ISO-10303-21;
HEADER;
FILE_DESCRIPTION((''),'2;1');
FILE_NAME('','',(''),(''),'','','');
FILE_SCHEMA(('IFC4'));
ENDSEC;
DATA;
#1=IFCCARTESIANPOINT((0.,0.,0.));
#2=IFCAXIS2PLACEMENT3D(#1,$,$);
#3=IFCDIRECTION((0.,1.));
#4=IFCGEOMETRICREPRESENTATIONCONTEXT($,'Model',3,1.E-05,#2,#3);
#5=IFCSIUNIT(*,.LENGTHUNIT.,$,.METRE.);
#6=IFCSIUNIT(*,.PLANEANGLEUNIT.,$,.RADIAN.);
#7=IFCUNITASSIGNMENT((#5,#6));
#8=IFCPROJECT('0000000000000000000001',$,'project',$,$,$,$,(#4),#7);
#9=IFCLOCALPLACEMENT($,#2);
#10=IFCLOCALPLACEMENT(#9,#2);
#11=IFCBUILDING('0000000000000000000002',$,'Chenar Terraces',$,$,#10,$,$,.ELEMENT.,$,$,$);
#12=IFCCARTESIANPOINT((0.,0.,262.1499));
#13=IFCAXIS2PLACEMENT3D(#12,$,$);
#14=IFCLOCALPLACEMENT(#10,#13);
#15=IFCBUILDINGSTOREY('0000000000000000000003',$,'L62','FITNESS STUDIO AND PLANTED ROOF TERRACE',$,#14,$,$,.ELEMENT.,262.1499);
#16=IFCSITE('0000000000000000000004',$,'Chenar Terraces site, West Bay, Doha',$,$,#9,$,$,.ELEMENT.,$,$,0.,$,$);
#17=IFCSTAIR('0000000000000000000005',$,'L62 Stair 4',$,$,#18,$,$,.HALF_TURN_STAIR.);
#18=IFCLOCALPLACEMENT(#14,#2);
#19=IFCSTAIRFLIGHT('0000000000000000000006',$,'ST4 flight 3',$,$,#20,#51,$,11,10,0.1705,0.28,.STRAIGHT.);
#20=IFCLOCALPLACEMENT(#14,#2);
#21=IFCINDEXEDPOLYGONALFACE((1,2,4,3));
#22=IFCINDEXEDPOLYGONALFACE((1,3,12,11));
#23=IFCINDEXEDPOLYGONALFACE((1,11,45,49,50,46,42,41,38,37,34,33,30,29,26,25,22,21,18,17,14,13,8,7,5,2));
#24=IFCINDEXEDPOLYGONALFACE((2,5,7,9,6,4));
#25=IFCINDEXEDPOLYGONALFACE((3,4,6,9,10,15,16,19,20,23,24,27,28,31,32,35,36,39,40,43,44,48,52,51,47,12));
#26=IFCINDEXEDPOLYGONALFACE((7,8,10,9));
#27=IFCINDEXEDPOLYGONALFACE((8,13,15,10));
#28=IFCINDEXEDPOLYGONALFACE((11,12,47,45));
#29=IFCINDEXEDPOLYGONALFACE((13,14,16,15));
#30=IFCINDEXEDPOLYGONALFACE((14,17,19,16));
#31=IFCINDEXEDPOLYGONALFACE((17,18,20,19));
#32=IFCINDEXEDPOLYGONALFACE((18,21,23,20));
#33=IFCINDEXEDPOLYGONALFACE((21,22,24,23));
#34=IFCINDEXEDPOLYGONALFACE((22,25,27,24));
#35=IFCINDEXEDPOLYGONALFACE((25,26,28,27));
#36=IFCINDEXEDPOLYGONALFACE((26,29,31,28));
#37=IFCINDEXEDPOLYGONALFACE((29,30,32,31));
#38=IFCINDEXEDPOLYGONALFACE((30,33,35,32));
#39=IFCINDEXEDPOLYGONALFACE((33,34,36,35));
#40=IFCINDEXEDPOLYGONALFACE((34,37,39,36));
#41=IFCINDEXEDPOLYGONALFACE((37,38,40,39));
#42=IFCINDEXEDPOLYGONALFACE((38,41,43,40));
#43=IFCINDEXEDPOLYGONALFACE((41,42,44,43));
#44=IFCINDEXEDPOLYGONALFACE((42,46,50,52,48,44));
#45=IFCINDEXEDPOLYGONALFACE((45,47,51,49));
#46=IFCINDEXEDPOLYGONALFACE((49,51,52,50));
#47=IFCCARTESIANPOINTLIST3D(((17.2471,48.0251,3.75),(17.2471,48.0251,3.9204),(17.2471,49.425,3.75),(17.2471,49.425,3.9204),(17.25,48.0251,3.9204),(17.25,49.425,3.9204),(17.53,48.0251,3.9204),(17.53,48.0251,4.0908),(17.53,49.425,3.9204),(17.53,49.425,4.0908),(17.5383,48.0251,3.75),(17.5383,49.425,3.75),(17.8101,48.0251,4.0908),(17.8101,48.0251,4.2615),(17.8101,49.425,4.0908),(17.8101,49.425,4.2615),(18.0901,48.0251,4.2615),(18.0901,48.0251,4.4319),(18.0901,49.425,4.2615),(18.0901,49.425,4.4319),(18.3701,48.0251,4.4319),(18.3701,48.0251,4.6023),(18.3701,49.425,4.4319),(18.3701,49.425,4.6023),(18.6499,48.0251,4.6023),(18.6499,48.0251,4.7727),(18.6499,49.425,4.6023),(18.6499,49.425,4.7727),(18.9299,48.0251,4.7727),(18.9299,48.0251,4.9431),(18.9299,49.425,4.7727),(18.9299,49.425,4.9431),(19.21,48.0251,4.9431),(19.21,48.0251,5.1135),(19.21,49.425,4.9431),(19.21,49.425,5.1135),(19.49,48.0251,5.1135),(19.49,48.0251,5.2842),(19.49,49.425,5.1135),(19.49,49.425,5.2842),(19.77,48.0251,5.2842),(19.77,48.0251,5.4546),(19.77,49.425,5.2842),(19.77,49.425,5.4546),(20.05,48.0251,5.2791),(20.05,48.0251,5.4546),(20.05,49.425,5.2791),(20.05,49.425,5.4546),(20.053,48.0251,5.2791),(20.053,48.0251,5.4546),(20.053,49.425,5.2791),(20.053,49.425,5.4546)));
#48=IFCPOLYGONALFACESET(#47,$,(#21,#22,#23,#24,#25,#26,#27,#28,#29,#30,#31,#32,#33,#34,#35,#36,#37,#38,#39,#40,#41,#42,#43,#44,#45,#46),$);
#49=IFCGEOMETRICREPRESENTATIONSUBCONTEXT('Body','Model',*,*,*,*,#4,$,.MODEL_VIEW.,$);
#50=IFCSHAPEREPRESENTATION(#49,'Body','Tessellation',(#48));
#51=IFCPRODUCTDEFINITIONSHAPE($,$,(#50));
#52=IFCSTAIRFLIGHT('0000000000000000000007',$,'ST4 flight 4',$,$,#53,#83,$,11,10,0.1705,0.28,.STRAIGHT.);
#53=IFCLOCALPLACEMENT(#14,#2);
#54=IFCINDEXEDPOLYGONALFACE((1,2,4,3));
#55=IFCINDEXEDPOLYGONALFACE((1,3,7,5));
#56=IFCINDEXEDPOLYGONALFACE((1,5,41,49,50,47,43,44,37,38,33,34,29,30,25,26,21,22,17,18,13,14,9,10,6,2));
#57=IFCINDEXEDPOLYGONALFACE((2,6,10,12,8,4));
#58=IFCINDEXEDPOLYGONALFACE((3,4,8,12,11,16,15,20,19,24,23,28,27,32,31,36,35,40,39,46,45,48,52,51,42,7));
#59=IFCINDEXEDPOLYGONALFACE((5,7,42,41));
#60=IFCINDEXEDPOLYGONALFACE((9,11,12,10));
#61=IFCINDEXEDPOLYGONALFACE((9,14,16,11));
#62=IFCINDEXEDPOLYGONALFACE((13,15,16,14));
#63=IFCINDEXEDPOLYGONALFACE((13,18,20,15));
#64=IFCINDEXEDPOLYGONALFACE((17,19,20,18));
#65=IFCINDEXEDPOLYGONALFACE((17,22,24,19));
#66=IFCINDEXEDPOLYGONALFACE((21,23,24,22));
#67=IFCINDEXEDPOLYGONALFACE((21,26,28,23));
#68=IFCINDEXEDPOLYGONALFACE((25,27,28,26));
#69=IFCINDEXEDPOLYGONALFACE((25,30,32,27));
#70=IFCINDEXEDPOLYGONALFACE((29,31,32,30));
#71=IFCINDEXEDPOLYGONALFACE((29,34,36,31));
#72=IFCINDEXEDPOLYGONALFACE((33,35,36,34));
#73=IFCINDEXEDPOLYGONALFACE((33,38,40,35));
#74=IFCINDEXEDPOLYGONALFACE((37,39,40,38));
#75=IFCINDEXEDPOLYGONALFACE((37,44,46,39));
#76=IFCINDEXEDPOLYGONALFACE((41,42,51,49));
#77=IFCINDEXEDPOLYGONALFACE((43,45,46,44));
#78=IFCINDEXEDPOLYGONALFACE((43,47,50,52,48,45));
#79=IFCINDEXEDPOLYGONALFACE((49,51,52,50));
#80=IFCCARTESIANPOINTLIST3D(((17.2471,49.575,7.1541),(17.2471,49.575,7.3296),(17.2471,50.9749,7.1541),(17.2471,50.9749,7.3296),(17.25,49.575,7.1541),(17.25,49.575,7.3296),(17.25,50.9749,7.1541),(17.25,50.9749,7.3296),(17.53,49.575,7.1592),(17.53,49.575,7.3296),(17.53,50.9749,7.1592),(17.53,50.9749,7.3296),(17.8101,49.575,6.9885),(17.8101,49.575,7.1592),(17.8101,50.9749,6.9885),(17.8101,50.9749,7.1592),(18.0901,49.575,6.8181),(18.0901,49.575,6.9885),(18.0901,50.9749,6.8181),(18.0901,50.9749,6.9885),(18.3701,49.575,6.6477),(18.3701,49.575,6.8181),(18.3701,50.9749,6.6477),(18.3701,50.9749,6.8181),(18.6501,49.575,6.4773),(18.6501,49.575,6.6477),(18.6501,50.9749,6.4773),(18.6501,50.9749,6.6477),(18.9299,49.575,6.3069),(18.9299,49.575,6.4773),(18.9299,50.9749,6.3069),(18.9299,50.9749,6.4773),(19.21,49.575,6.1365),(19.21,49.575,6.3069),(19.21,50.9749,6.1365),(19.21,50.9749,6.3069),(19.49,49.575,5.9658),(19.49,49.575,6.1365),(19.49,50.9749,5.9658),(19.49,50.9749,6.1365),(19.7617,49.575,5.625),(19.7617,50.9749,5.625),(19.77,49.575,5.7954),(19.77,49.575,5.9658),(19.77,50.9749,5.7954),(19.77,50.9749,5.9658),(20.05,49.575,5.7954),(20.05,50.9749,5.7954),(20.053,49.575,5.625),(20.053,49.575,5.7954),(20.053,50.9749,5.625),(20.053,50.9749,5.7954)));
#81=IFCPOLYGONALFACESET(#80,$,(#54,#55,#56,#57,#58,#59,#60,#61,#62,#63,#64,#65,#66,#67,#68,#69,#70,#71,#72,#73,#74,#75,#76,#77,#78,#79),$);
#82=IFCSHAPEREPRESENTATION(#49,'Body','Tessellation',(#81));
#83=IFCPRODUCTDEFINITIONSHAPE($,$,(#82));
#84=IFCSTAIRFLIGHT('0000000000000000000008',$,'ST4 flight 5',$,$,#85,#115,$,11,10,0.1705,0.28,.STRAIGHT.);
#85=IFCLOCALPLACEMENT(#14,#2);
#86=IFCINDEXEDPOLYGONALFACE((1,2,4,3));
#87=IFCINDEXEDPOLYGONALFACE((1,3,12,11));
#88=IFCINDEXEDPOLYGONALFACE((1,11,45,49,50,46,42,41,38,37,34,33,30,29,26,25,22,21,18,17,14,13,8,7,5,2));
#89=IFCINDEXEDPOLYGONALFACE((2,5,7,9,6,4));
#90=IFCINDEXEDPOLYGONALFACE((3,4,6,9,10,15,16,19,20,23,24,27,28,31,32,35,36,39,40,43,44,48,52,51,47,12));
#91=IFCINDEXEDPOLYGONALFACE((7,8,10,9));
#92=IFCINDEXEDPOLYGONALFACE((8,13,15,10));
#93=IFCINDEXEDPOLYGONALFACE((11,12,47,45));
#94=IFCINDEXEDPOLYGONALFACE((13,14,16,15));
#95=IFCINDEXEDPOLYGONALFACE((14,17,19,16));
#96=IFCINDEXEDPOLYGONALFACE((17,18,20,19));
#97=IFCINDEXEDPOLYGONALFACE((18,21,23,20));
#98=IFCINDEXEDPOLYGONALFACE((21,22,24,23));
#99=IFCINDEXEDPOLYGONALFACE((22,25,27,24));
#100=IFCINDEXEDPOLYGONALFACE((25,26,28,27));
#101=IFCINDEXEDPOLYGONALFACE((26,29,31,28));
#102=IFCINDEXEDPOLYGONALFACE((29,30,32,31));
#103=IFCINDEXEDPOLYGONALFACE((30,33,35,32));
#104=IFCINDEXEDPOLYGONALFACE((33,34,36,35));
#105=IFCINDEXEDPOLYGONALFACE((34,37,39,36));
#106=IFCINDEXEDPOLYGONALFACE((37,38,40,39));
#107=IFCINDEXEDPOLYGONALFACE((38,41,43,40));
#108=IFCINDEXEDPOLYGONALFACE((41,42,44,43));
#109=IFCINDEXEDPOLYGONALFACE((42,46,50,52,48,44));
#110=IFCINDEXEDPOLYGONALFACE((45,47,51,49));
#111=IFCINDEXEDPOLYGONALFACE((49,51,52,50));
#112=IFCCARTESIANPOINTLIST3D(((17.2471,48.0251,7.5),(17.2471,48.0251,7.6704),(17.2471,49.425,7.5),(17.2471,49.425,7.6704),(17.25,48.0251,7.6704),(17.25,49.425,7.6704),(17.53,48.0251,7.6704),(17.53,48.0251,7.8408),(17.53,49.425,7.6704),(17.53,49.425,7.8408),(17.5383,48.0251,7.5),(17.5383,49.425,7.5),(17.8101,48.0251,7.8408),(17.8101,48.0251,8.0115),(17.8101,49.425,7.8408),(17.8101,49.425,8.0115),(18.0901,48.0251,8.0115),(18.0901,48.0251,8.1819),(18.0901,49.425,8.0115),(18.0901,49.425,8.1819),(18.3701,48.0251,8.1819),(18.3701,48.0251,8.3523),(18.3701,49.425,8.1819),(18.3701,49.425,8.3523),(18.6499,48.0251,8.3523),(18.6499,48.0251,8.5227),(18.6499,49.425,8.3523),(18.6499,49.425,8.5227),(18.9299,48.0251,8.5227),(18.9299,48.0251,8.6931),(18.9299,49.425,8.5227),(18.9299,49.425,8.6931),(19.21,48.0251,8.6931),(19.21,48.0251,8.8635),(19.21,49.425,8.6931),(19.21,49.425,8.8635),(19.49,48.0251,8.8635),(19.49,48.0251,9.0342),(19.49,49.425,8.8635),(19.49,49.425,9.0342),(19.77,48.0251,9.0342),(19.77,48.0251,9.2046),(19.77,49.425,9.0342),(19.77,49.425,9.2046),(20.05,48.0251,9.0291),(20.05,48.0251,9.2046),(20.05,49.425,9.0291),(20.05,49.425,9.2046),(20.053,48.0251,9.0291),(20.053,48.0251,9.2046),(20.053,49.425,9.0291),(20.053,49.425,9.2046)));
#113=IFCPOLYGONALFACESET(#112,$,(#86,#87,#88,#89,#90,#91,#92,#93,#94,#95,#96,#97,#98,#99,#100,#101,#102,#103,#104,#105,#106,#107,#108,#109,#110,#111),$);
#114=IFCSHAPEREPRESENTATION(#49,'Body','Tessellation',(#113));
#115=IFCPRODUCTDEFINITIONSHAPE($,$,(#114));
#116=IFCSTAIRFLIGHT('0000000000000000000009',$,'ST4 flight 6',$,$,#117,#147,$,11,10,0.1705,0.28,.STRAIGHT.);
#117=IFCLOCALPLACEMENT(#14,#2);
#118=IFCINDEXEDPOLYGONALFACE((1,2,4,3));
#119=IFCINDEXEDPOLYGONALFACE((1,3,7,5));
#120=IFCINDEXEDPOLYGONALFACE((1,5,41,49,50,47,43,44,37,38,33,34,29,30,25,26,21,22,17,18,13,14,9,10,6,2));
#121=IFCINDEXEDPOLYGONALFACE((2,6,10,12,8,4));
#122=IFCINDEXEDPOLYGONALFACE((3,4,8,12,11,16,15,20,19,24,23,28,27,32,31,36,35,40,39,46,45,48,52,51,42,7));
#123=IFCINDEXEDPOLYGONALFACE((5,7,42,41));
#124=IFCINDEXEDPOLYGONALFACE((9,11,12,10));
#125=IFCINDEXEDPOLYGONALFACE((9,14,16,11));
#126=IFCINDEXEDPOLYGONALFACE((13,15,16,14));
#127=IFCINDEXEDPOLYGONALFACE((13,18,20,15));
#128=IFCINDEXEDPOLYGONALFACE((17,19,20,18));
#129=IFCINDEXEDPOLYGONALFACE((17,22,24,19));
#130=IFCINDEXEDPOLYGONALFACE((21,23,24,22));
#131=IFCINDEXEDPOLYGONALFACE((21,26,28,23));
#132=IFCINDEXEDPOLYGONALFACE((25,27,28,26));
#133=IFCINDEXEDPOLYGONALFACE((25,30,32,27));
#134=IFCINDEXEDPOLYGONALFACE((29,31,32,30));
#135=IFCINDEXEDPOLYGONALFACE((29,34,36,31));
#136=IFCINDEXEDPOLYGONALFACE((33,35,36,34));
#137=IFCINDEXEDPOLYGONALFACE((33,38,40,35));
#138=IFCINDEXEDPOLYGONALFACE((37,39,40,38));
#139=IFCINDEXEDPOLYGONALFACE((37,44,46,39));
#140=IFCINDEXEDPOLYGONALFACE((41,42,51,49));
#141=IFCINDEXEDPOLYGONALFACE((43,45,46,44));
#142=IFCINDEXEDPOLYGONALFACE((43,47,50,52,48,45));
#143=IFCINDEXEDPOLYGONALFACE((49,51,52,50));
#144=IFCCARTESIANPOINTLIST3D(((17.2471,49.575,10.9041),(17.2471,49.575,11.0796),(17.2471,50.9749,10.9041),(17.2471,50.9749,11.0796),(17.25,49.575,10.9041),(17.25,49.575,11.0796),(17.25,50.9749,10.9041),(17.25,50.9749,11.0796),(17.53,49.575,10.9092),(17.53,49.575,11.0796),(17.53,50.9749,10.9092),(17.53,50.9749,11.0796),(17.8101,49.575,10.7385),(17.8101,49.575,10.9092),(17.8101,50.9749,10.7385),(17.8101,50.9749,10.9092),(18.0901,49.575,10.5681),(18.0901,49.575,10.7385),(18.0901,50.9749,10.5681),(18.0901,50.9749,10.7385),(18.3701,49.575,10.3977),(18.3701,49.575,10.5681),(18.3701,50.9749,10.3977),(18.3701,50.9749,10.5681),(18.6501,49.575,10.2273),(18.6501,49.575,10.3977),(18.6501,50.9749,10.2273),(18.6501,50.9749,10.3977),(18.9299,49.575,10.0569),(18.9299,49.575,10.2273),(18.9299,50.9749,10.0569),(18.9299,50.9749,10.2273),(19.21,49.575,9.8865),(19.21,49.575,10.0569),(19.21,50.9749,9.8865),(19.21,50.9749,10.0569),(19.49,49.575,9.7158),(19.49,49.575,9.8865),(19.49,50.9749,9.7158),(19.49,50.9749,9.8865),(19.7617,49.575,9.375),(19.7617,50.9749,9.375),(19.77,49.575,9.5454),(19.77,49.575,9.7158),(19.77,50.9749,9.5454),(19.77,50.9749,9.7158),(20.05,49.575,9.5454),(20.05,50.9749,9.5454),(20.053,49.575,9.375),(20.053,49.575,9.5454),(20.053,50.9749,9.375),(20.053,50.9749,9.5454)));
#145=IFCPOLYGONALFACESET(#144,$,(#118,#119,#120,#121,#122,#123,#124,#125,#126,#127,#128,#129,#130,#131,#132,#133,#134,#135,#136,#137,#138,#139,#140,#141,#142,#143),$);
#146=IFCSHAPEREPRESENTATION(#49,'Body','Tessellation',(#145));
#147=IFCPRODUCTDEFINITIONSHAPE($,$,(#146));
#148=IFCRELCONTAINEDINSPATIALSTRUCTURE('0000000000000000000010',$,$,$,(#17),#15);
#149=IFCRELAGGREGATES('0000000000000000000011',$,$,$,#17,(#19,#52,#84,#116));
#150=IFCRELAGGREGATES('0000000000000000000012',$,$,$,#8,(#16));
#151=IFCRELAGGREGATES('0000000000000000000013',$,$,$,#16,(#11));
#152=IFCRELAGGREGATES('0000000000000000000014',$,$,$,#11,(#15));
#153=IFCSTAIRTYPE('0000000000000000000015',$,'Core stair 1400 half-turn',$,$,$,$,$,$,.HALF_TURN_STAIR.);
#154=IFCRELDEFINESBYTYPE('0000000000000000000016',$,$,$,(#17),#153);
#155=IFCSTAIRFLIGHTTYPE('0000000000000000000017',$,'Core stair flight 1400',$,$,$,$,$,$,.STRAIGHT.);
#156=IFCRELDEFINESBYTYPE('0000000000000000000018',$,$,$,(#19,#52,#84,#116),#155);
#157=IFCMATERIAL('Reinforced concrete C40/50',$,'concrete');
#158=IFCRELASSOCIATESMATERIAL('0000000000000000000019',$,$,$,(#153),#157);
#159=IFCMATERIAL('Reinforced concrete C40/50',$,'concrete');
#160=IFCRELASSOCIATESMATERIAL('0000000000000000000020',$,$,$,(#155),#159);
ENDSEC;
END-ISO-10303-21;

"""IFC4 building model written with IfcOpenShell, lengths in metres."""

from ifc_helpers import new_model, si_unit, direction, frame, origin, place, context, subcontext, project, spatial, polyline, outline, extrude, material, type_object, element, aggregate, save


model = new_model("IFC4")

# Units and contexts
model_context = context("Model", 3, precision=1e-05, world=origin(), true_north=direction((0.0, 1.0)))
body_context = subcontext(model_context, "Body", "Model", "MODEL_VIEW")
ifc_project = project(units=[si_unit("LENGTHUNIT", "METRE"), si_unit("PLANEANGLEUNIT", "RADIAN")], contexts=[model_context])

# Site, building, storey
site_placement = place(None, origin())
site = spatial("IfcSite", under=ifc_project, at=site_placement, Name="Chenar Terraces site, West Bay, Doha", CompositionType="ELEMENT", RefElevation=0.0)
building_placement = place(site_placement, origin())
building = spatial("IfcBuilding", under=site, at=building_placement, Name="Chenar Terraces", CompositionType="ELEMENT")
storey_placement = place(building_placement, frame((0.0, 0.0, 262.1499)))
storey = spatial("IfcBuildingStorey", under=building, at=storey_placement, Name="L62", Description="FITNESS STUDIO AND PLANTED ROOF TERRACE", CompositionType="ELEMENT", Elevation=262.1499)

# Shared definitions
placement = place(storey_placement, origin())

# Stair, stair flights
ifc_material_1 = material(Name="Reinforced concrete C40/50", Category="concrete")
stair_type = type_object("IfcStairType", Name="Core stair 1400 half-turn", PredefinedType="HALF_TURN_STAIR", material=ifc_material_1)
stair = element("IfcStair", 1, at=placement, inside=storey, type_object=stair_type, Name="L62 Stair 4", PredefinedType="HALF_TURN_STAIR")
ifc_material_2 = material(Name="Reinforced concrete C40/50", Category="concrete")
stair_flight_type = type_object("IfcStairFlightType", Name="Core stair flight 1400", PredefinedType="STRAIGHT", material=ifc_material_2)
stair_flight_1_placement = place(storey_placement, frame((17.25, 48.7251, 3.75), z_axis=(0.0, 0.0, 1.0), x_axis=(1.0, 0.0, 0.0)))
stair_flight_1 = element("IfcStairFlight", 2, at=stair_flight_1_placement, type_object=stair_flight_type, Name="ST4 flight 3", NumberOfRisers=11, NumberOfTreads=10, PredefinedType="STRAIGHT", RiserHeight=0.1705, TreadLength=0.28, context=body_context, shape_type="SweptSolid", body=[
    extrude(outline(polyline([(-0.0029, 0.0), (-0.0029, 0.1704), (0.0, 0.1704), (0.28, 0.1704), (0.28, 0.3408), (0.5601, 0.3408), (0.5601, 0.5115), (0.8401, 0.5115), (0.8401, 0.6819), (1.1201, 0.6819), (1.1201, 0.8523), (1.3999, 0.8523), (1.3999, 1.0227), (1.6799, 1.0227), (1.6799, 1.1931), (1.96, 1.1931), (1.96, 1.3635), (2.24, 1.3635), (2.24, 1.5342), (2.52, 1.5342), (2.52, 1.7046), (2.8, 1.7046), (2.803, 1.7046), (2.803, 1.5291), (2.8, 1.5291), (0.2883, 0.0), (-0.0029, 0.0)])), frame((0.0, 0.7, 0.0), z_axis=(0.0, -1.0, 0.0), x_axis=(1.0, 0.0, 0.0)), (0.0, 0.0, 1.0), 1.3999),
])
stair_flight_2_placement = place(storey_placement, frame((20.05, 50.2749, 5.625), z_axis=(0.0, 0.0, 1.0), x_axis=(-1.0, 0.0, 0.0)))
stair_flight_2 = element("IfcStairFlight", 3, at=stair_flight_2_placement, type_object=stair_flight_type, Name="ST4 flight 4", NumberOfRisers=11, NumberOfTreads=10, PredefinedType="STRAIGHT", RiserHeight=0.1705, TreadLength=0.28, context=body_context, shape_type="SweptSolid", body=[
    extrude(outline(polyline([(-0.0029, 0.0), (-0.0029, 0.1704), (0.0, 0.1704), (0.28, 0.1704), (0.28, 0.3408), (0.5601, 0.3408), (0.5601, 0.5115), (0.8401, 0.5115), (0.8401, 0.6819), (1.1201, 0.6819), (1.1201, 0.8523), (1.3999, 0.8523), (1.3999, 1.0227), (1.6799, 1.0227), (1.6799, 1.1931), (1.96, 1.1931), (1.96, 1.3635), (2.24, 1.3635), (2.24, 1.5342), (2.52, 1.5342), (2.52, 1.7046), (2.8, 1.7046), (2.803, 1.7046), (2.803, 1.5291), (2.8, 1.5291), (0.2883, 0.0), (-0.0029, 0.0)])), frame((0.0, 0.7, 0.0), z_axis=(0.0, -1.0, 0.0), x_axis=(1.0, 0.0, 0.0)), (0.0, 0.0, 1.0), 1.3999),
])
stair_flight_3_placement = place(storey_placement, frame((17.25, 48.7251, 7.5), z_axis=(0.0, 0.0, 1.0), x_axis=(1.0, 0.0, 0.0)))
stair_flight_3 = element("IfcStairFlight", 4, at=stair_flight_3_placement, type_object=stair_flight_type, Name="ST4 flight 5", NumberOfRisers=11, NumberOfTreads=10, PredefinedType="STRAIGHT", RiserHeight=0.1705, TreadLength=0.28, context=body_context, shape_type="SweptSolid", body=[
    extrude(outline(polyline([(-0.0029, 0.0), (-0.0029, 0.1704), (0.0, 0.1704), (0.28, 0.1704), (0.28, 0.3408), (0.5601, 0.3408), (0.5601, 0.5115), (0.8401, 0.5115), (0.8401, 0.6819), (1.1201, 0.6819), (1.1201, 0.8523), (1.3999, 0.8523), (1.3999, 1.0227), (1.6799, 1.0227), (1.6799, 1.1931), (1.96, 1.1931), (1.96, 1.3635), (2.24, 1.3635), (2.24, 1.5342), (2.52, 1.5342), (2.52, 1.7046), (2.8, 1.7046), (2.803, 1.7046), (2.803, 1.5291), (2.8, 1.5291), (0.2883, 0.0), (-0.0029, 0.0)])), frame((0.0, 0.7, 0.0), z_axis=(0.0, -1.0, 0.0), x_axis=(1.0, 0.0, 0.0)), (0.0, 0.0, 1.0), 1.3999),
])
stair_flight_4_placement = place(storey_placement, frame((20.05, 50.2749, 9.375), z_axis=(0.0, 0.0, 1.0), x_axis=(-1.0, 0.0, 0.0)))
stair_flight_4 = element("IfcStairFlight", 5, at=stair_flight_4_placement, type_object=stair_flight_type, Name="ST4 flight 6", NumberOfRisers=11, NumberOfTreads=10, PredefinedType="STRAIGHT", RiserHeight=0.1705, TreadLength=0.28, context=body_context, shape_type="SweptSolid", body=[
    extrude(outline(polyline([(-0.0029, 0.0), (-0.0029, 0.1704), (0.0, 0.1704), (0.28, 0.1704), (0.28, 0.3408), (0.5601, 0.3408), (0.5601, 0.5115), (0.8401, 0.5115), (0.8401, 0.6819), (1.1201, 0.6819), (1.1201, 0.8523), (1.3999, 0.8523), (1.3999, 1.0227), (1.6799, 1.0227), (1.6799, 1.1931), (1.96, 1.1931), (1.96, 1.3635), (2.24, 1.3635), (2.24, 1.5342), (2.52, 1.5342), (2.52, 1.7046), (2.8, 1.7046), (2.803, 1.7046), (2.803, 1.5291), (2.8, 1.5291), (0.2883, 0.0), (-0.0029, 0.0)])), frame((0.0, 0.7, 0.0), z_axis=(0.0, -1.0, 0.0), x_axis=(1.0, 0.0, 0.0)), (0.0, 0.0, 1.0), 1.3999),
])
aggregate(stair, [stair_flight_1, stair_flight_2, stair_flight_3, stair_flight_4])

save(model, "model.ifc")
